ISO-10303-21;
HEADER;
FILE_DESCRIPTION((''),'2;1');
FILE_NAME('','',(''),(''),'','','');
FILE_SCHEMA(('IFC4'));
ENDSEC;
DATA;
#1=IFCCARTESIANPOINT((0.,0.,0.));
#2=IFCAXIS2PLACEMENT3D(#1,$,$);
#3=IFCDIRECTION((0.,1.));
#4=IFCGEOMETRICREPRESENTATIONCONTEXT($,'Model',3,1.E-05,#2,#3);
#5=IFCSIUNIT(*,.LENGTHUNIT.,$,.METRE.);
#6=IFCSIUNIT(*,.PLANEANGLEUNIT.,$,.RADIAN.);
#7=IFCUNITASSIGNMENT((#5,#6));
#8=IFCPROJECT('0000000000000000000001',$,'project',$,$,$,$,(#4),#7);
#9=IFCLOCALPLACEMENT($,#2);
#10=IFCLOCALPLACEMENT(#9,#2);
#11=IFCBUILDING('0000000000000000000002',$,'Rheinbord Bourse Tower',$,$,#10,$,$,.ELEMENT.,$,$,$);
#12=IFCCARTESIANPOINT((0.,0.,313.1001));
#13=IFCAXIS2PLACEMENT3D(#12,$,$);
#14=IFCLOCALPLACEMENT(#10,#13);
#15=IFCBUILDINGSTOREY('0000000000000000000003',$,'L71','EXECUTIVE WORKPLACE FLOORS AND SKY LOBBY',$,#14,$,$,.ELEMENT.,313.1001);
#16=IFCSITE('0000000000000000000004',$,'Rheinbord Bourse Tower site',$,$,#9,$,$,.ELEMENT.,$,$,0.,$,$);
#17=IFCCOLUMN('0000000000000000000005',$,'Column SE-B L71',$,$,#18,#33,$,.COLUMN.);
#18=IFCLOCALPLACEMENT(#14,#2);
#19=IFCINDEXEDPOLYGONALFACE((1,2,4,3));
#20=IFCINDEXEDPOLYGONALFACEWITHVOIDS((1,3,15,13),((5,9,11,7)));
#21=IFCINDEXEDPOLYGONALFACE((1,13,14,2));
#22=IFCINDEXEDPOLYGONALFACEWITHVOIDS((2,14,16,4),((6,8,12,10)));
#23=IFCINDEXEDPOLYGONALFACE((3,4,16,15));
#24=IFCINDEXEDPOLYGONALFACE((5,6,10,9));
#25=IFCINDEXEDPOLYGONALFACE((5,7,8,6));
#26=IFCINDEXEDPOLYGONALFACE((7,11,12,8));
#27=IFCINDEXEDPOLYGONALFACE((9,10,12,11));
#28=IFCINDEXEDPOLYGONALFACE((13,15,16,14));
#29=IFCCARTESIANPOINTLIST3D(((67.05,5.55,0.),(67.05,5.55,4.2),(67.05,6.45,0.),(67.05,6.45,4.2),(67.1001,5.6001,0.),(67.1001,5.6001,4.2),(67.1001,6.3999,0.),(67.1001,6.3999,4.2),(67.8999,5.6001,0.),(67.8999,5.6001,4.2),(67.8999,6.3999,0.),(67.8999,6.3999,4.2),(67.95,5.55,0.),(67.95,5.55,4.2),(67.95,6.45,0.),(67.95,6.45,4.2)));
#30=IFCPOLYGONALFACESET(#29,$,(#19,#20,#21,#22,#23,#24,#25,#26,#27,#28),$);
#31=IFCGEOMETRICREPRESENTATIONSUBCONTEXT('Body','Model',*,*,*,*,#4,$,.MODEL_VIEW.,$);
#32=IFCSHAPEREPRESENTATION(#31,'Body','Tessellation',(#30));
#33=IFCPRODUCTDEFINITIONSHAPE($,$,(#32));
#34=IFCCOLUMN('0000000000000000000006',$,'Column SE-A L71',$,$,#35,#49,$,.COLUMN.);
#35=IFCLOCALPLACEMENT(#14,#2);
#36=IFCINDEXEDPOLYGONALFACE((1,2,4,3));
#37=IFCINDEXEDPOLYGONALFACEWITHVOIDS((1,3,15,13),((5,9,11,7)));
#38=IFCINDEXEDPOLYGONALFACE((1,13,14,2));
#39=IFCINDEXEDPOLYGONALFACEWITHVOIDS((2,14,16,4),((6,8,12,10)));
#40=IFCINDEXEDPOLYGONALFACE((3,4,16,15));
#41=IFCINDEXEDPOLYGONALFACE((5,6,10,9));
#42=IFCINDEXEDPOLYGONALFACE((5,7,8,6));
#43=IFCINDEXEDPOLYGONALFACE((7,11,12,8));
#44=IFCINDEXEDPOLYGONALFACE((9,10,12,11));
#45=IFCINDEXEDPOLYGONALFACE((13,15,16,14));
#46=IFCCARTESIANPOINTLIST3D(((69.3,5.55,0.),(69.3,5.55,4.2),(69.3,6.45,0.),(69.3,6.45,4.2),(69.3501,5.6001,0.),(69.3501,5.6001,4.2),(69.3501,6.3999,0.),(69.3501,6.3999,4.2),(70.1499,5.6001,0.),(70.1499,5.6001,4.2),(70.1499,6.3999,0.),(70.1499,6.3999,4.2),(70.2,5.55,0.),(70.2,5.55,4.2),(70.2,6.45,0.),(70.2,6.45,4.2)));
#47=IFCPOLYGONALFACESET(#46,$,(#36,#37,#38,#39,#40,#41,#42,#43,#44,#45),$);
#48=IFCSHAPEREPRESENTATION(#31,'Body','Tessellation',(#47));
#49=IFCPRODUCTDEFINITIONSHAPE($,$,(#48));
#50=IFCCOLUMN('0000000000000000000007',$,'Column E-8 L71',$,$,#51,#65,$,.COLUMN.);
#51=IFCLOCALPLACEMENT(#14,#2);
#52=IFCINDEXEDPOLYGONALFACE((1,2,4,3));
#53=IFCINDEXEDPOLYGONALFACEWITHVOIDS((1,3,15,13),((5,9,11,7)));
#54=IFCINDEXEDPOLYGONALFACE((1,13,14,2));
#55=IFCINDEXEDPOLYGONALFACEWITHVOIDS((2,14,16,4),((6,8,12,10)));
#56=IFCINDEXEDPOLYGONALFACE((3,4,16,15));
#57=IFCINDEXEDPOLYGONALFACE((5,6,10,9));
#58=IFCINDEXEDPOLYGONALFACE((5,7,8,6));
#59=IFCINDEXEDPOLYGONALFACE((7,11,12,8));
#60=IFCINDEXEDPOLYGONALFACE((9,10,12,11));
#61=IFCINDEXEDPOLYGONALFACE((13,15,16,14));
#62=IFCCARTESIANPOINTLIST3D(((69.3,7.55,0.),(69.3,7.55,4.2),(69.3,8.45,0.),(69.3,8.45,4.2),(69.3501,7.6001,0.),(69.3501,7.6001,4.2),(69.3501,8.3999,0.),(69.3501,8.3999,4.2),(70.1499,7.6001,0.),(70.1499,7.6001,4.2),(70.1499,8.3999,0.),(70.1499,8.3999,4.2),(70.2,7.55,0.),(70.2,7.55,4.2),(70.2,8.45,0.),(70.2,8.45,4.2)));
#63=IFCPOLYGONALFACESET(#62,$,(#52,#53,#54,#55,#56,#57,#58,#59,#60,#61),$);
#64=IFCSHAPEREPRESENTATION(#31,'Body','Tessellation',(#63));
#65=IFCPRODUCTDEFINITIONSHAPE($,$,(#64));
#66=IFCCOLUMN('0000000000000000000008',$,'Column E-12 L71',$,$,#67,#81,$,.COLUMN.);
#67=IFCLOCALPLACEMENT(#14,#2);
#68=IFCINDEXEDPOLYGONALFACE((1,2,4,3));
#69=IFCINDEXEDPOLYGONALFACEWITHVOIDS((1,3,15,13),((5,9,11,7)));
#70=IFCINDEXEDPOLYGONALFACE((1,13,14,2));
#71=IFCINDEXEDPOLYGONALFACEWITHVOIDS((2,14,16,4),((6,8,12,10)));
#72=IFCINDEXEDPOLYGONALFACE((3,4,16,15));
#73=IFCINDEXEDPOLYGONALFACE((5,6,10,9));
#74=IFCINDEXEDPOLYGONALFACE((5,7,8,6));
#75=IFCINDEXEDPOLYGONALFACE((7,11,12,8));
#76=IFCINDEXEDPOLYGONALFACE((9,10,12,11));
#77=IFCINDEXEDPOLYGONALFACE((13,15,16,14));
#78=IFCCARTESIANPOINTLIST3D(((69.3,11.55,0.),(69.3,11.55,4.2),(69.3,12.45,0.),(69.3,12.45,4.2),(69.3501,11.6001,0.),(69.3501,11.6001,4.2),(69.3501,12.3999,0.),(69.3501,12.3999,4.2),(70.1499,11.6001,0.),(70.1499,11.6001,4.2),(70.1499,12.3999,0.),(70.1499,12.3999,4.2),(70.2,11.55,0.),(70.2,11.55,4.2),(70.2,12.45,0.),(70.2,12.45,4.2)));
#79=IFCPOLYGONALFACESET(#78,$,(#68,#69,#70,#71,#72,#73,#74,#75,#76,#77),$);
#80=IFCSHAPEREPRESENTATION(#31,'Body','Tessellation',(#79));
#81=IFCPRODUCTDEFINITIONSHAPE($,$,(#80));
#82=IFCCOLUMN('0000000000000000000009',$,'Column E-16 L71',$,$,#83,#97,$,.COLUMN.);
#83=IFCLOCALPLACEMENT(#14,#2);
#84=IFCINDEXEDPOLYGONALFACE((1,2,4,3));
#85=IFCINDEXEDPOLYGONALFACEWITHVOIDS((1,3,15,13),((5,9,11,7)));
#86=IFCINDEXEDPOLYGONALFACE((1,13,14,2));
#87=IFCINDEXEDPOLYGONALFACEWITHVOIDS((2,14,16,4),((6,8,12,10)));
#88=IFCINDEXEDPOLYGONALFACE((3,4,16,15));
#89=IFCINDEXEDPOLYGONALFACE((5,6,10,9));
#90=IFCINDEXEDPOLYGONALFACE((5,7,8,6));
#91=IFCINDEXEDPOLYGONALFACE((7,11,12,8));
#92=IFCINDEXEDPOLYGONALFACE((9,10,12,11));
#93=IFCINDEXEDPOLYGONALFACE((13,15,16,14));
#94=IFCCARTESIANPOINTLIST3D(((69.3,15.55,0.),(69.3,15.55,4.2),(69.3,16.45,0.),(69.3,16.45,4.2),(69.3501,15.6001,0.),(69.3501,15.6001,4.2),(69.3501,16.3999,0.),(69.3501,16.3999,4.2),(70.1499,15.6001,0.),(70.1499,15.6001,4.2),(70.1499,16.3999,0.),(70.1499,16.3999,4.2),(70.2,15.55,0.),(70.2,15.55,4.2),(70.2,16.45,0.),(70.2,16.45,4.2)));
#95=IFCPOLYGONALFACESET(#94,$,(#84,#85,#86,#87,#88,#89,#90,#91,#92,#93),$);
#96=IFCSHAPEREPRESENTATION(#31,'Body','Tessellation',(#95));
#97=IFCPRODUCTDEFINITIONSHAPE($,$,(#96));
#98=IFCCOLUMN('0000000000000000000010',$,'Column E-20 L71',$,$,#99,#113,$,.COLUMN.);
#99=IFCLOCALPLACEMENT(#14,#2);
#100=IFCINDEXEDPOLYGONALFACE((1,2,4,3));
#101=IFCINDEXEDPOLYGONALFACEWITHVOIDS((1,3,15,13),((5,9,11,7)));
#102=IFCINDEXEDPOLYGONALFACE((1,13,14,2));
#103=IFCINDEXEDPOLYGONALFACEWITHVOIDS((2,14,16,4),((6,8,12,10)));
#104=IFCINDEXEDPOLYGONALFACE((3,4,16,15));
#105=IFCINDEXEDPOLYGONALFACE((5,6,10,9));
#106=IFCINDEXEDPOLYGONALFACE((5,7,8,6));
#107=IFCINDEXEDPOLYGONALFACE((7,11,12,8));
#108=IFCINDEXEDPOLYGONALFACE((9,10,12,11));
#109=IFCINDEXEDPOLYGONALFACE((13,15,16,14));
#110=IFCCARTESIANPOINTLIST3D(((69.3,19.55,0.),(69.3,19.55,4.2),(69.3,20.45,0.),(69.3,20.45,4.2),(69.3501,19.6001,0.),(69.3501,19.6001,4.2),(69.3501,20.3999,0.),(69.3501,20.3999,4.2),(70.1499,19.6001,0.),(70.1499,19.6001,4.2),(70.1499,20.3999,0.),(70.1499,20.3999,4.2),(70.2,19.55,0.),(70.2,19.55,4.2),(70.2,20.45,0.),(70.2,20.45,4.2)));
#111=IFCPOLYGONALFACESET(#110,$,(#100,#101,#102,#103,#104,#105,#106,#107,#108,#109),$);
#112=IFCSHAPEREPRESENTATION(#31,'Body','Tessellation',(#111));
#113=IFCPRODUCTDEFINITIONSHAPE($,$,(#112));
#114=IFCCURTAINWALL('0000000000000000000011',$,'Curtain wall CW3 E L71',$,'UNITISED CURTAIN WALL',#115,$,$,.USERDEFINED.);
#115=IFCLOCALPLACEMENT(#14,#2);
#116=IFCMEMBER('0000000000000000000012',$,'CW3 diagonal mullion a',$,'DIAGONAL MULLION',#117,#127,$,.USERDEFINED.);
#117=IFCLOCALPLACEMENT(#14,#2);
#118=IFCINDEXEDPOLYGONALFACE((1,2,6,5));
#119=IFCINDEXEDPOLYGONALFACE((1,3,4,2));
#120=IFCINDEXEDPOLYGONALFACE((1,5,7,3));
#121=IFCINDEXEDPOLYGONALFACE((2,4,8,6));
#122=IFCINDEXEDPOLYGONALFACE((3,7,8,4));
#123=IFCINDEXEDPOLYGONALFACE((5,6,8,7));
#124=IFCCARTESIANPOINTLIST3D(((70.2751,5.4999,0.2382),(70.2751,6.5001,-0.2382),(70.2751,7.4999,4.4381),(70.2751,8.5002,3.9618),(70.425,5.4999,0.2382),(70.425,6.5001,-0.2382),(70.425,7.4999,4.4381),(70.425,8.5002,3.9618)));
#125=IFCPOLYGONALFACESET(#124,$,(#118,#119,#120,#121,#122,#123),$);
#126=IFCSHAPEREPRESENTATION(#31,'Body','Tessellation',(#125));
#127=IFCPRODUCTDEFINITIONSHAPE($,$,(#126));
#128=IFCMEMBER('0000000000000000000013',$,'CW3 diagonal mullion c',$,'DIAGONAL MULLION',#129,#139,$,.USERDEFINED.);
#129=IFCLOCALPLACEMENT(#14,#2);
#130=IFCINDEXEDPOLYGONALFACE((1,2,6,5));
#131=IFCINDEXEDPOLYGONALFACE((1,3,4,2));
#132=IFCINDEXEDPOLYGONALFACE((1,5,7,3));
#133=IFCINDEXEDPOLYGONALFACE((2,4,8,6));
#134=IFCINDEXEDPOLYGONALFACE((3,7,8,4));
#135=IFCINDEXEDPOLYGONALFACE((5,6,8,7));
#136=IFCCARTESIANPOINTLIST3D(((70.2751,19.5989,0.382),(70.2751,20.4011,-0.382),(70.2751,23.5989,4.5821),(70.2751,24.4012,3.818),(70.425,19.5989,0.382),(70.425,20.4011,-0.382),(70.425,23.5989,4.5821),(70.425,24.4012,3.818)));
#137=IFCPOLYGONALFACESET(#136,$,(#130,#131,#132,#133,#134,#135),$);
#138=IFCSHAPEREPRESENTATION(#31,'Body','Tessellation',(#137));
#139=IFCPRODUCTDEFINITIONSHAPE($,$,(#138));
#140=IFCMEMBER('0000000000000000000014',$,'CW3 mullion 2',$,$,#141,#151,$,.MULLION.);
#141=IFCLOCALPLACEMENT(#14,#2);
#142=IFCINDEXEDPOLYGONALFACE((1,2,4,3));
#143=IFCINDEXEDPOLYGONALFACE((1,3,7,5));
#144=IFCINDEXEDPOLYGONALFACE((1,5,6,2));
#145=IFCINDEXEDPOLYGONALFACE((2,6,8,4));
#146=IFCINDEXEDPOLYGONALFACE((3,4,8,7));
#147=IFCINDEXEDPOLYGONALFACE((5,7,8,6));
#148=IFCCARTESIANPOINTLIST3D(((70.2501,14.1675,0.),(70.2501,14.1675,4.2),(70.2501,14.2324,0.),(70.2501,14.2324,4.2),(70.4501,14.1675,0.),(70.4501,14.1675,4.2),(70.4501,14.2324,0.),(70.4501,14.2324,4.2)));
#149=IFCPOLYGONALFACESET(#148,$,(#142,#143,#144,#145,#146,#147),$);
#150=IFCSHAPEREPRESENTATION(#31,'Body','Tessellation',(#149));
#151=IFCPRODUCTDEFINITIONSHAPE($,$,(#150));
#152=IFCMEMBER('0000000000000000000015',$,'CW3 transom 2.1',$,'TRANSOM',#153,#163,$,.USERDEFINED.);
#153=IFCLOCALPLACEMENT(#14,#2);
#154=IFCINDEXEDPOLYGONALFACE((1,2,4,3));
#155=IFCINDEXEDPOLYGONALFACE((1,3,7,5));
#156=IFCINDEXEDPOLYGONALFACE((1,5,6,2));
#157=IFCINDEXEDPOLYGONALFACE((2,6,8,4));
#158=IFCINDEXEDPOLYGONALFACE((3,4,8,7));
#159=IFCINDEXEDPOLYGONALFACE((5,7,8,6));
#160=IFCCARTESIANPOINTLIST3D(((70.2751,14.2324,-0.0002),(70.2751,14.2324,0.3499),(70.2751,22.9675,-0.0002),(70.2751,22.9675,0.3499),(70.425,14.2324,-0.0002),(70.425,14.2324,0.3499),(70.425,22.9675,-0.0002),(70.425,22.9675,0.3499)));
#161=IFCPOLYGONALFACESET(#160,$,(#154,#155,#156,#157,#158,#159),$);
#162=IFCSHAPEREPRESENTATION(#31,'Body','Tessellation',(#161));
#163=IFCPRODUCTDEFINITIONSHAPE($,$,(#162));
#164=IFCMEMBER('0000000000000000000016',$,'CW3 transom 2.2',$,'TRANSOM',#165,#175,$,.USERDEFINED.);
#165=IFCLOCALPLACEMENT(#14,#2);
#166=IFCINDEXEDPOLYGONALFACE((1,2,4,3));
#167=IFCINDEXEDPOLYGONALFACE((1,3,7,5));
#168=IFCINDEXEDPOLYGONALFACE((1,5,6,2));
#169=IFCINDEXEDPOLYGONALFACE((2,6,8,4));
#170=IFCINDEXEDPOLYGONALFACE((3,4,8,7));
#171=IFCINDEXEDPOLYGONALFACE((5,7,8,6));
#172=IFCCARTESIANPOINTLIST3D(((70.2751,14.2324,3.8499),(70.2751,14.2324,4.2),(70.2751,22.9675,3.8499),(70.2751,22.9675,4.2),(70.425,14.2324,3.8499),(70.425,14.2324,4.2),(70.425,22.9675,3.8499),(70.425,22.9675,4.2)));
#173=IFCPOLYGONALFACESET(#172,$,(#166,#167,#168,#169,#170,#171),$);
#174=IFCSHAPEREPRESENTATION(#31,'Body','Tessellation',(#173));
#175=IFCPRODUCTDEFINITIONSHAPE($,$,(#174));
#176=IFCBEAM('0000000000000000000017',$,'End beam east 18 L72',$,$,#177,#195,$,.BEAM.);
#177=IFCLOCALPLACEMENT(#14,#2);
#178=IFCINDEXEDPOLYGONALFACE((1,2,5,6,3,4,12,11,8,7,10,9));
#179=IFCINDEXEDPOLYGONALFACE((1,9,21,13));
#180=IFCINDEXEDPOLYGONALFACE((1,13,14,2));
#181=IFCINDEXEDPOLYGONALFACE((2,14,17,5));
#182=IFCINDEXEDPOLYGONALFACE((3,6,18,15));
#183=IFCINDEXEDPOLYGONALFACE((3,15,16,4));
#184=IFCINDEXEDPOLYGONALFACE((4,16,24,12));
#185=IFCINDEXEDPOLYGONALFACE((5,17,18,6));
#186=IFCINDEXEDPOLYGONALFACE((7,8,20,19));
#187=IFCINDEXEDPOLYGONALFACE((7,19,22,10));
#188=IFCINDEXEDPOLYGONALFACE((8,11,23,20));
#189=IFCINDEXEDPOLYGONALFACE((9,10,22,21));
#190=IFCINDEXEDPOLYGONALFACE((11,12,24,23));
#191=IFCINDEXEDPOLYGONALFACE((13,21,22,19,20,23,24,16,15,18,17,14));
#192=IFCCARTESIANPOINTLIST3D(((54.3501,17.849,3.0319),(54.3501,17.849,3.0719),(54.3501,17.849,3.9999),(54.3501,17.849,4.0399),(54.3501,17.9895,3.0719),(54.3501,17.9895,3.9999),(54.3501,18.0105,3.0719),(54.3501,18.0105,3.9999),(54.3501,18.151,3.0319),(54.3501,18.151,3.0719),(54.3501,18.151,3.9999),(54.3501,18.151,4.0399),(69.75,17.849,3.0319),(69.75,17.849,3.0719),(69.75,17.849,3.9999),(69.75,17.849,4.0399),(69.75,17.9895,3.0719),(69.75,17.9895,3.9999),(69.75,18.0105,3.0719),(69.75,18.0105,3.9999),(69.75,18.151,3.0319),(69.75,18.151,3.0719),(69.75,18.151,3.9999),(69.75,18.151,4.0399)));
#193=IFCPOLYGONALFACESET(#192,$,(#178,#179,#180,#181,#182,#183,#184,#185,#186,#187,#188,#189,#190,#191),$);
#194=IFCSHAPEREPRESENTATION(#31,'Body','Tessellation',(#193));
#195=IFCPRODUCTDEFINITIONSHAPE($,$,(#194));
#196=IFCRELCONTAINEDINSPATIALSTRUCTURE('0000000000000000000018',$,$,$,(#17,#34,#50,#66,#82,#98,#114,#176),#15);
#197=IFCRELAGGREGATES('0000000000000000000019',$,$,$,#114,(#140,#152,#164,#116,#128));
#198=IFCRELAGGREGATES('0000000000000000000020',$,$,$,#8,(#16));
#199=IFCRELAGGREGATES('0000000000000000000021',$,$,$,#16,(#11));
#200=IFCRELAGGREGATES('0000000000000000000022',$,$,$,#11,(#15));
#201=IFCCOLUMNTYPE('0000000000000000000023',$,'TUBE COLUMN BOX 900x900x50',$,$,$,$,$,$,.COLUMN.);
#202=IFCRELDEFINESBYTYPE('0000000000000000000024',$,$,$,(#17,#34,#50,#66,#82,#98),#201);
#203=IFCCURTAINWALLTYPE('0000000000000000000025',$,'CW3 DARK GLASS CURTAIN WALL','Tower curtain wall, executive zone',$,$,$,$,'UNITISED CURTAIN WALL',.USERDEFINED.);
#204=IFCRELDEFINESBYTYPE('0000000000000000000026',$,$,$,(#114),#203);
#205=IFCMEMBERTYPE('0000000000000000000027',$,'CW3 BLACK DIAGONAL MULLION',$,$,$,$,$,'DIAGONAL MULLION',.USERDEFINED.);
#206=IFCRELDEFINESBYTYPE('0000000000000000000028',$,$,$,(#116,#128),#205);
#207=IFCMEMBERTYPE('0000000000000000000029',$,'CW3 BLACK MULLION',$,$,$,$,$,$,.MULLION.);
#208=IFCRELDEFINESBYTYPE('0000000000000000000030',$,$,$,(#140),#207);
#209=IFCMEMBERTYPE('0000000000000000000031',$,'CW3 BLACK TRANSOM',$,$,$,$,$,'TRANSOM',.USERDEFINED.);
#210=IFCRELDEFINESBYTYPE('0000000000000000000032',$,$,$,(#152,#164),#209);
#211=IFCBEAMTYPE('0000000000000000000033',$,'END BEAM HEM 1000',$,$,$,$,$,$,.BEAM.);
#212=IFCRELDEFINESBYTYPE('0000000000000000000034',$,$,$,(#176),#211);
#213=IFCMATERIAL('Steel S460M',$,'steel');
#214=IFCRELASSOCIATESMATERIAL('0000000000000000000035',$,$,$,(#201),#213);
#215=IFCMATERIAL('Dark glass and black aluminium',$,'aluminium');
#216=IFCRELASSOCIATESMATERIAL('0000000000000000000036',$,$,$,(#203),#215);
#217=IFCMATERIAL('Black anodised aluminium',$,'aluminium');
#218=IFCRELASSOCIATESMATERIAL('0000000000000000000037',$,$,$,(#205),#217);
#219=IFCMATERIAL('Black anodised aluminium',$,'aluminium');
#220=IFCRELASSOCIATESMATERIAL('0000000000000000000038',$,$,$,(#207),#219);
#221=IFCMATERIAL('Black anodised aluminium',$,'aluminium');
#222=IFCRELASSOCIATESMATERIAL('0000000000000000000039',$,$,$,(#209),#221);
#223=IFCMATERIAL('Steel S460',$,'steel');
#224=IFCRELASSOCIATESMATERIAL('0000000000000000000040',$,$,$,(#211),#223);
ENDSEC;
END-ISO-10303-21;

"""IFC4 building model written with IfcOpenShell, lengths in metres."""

from ifc_helpers import new_model, si_unit, direction, frame, origin, origin_2d, place, context, subcontext, project, spatial, rectangle, hollow_rectangle, i_section, extrude, material, material_profile, profile_set, type_object, element, aggregate, save


model = new_model("IFC4")

# Units and contexts
model_context = context("Model", 3, precision=1e-05, world=origin(), true_north=direction((0.0, 1.0)))
body_context = subcontext(model_context, "Body", "Model", "MODEL_VIEW")
ifc_project = project(units=[si_unit("LENGTHUNIT", "METRE"), si_unit("PLANEANGLEUNIT", "RADIAN")], contexts=[model_context])

# Site, building, storey
site_placement = place(None, origin())
site = spatial("IfcSite", under=ifc_project, at=site_placement, Name="Rheinbord Bourse Tower site", CompositionType="ELEMENT", RefElevation=0.0)
building_placement = place(site_placement, origin())
building = spatial("IfcBuilding", under=site, at=building_placement, Name="Rheinbord Bourse Tower", CompositionType="ELEMENT")
storey_placement = place(building_placement, frame((0.0, 0.0, 313.1001)))
storey = spatial("IfcBuildingStorey", under=building, at=storey_placement, Name="L71", Description="EXECUTIVE WORKPLACE FLOORS AND SKY LOBBY", CompositionType="ELEMENT", Elevation=313.1001)

# Columns
ifc_material_1 = material(Name="Steel S460M", Category="steel")
ifc_material_profile_1 = material_profile(ifc_material_1, hollow_rectangle(XDim=0.8999, YDim=0.8999, WallThickness=0.05, at=origin_2d()), Name="BOX 900x900x50")
ifc_profile_set_1 = profile_set([ifc_material_profile_1], Name="Steel S460M")
column_type = type_object("IfcColumnType", Name="TUBE COLUMN BOX 900x900x50", PredefinedType="COLUMN", material=ifc_profile_set_1)
for number, where, z_axis, x_axis, name in (
    (1, (67.5, 6.0, 0.0), (0.0, 0.0, 1.0), (1.0, 0.0, 0.0), "Column SE-B L71"),
    (2, (69.75, 6.0, 0.0), (0.0, 0.0, 1.0), (1.0, 0.0, 0.0), "Column SE-A L71"),
    (3, (69.75, 8.0, 0.0), (0.0, 0.0, 1.0), (1.0, 0.0, 0.0), "Column E-8 L71"),
    (4, (69.75, 12.0, 0.0), (0.0, 0.0, 1.0), (1.0, 0.0, 0.0), "Column E-12 L71"),
    (5, (69.75, 16.0, 0.0), (0.0, 0.0, 1.0), (1.0, 0.0, 0.0), "Column E-16 L71"),
    (6, (69.75, 20.0, 0.0), (0.0, 0.0, 1.0), (1.0, 0.0, 0.0), "Column E-20 L71"),
):
    element("IfcColumn", number, at=place(storey_placement, frame(where, z_axis=z_axis, x_axis=x_axis)), inside=storey, type_object=column_type, Name=name, PredefinedType="COLUMN", context=body_context, shape_type="SweptSolid", body=[
        extrude(hollow_rectangle(XDim=0.8999, YDim=0.8999, WallThickness=0.05, at=origin_2d()), origin(), (0.0, 0.0, 1.0), 4.2),
    ])

# Curtain wall, members
ifc_material_2 = material(Name="Dark glass and black aluminium", Category="aluminium")
curtain_wall_type = type_object("IfcCurtainWallType", Name="CW3 DARK GLASS CURTAIN WALL", Description="Tower curtain wall, executive zone", ElementType="UNITISED CURTAIN WALL", PredefinedType="USERDEFINED", material=ifc_material_2)
curtain_wall_placement = place(storey_placement, origin())
curtain_wall = element("IfcCurtainWall", 7, at=curtain_wall_placement, inside=storey, type_object=curtain_wall_type, Name="Curtain wall CW3 E L71", ObjectType="UNITISED CURTAIN WALL", PredefinedType="USERDEFINED")
ifc_material_3 = material(Name="Black anodised aluminium", Category="aluminium")
ifc_material_profile_2 = material_profile(ifc_material_3, rectangle(XDim=0.1499, YDim=1.1079, at=origin_2d()), Name="CW3 DIAGONAL MULLION 1108x150")
ifc_profile_set_2 = profile_set([ifc_material_profile_2], Name="Black anodised aluminium")
member_type_1 = type_object("IfcMemberType", Name="CW3 BLACK DIAGONAL MULLION", ElementType="DIAGONAL MULLION", PredefinedType="USERDEFINED", material=ifc_profile_set_2)
member_1_placement = place(storey_placement, frame((70.3501, 6.0, 0.0), z_axis=(0.0, 0.429938, 0.902859), x_axis=(-1.0, 0.0, 0.0)))
member_1 = element("IfcMember", 8, at=member_1_placement, type_object=member_type_1, Name="CW3 diagonal mullion a", ObjectType="DIAGONAL MULLION", PredefinedType="USERDEFINED", context=body_context, shape_type="SweptSolid", body=[
    extrude(rectangle(XDim=0.1499, YDim=1.1079, at=origin_2d()), origin(), (0.0, 0.0, 1.0), 4.6519),
])
member_2_placement = place(storey_placement, frame((70.3501, 20.0, 0.0), z_axis=(0.0, 0.689659, 0.724134), x_axis=(-1.0, 0.0, 0.0)))
member_2 = element("IfcMember", 9, at=member_2_placement, type_object=member_type_1, Name="CW3 diagonal mullion c", ObjectType="DIAGONAL MULLION", PredefinedType="USERDEFINED", context=body_context, shape_type="SweptSolid", body=[
    extrude(rectangle(XDim=0.1499, YDim=1.1079, at=origin_2d()), origin(), (0.0, 0.0, 1.0), 5.8),
])
ifc_material_4 = material(Name="Black anodised aluminium", Category="aluminium")
ifc_material_profile_3 = material_profile(ifc_material_4, rectangle(XDim=0.2, YDim=0.0649, at=origin_2d()), Name="CW3 MULLION 65x200")
ifc_profile_set_3 = profile_set([ifc_material_profile_3], Name="Black anodised aluminium")
member_type_2 = type_object("IfcMemberType", Name="CW3 BLACK MULLION", PredefinedType="MULLION", material=ifc_profile_set_3)
member_3_placement = place(storey_placement, frame((70.3501, 14.2, 0.0), z_axis=(0.0, 0.0, 1.0), x_axis=(-1.0, 0.0, 0.0)))
member_3 = element("IfcMember", 10, at=member_3_placement, type_object=member_type_2, Name="CW3 mullion 2", PredefinedType="MULLION", context=body_context, shape_type="SweptSolid", body=[
    extrude(rectangle(XDim=0.2, YDim=0.0649, at=origin_2d()), origin(), (0.0, 0.0, 1.0), 4.2),
])
ifc_material_5 = material(Name="Black anodised aluminium", Category="aluminium")
ifc_material_profile_4 = material_profile(ifc_material_5, rectangle(XDim=0.1499, YDim=0.3501, at=origin_2d()), Name="CW3 TRANSOM 350x150")
ifc_profile_set_4 = profile_set([ifc_material_profile_4], Name="Black anodised aluminium")
member_type_3 = type_object("IfcMemberType", Name="CW3 BLACK TRANSOM", ElementType="TRANSOM", PredefinedType="USERDEFINED", material=ifc_profile_set_4)
member_4_placement = place(storey_placement, frame((70.3501, 14.2324, 0.1748), z_axis=(0.0, 1.0, 0.0), x_axis=(-1.0, 0.0, 0.0)))
member_4 = element("IfcMember", 11, at=member_4_placement, type_object=member_type_3, Name="CW3 transom 2.1", ObjectType="TRANSOM", PredefinedType="USERDEFINED", context=body_context, shape_type="SweptSolid", body=[
    extrude(rectangle(XDim=0.1499, YDim=0.3501, at=origin_2d()), origin(), (0.0, 0.0, 1.0), 8.7351),
])
member_5_placement = place(storey_placement, frame((70.3501, 14.2324, 4.0249), z_axis=(0.0, 1.0, 0.0), x_axis=(-1.0, 0.0, 0.0)))
member_5 = element("IfcMember", 12, at=member_5_placement, type_object=member_type_3, Name="CW3 transom 2.2", ObjectType="TRANSOM", PredefinedType="USERDEFINED", context=body_context, shape_type="SweptSolid", body=[
    extrude(rectangle(XDim=0.1499, YDim=0.3501, at=origin_2d()), origin(), (0.0, 0.0, 1.0), 8.7351),
])

# Beam
ifc_material_6 = material(Name="Steel S460", Category="steel")
ifc_material_profile_5 = material_profile(ifc_material_6, i_section(OverallWidth=0.302, OverallDepth=1.0081, WebThickness=0.021, FlangeThickness=0.04, at=origin_2d()), Name="HEM 1000")
ifc_profile_set_5 = profile_set([ifc_material_profile_5], Name="Steel S460")
beam_type_1 = type_object("IfcBeamType", Name="END BEAM HEM 1000", PredefinedType="BEAM", material=ifc_profile_set_5)
for number, where, z_axis, x_axis, name in (
    (13, (54.3501, 18.0, 3.5359), (1.0, 0.0, 0.0), (0.0, 1.0, 0.0), "End beam east 18 L72"),
):
    element("IfcBeam", number, at=place(storey_placement, frame(where, z_axis=z_axis, x_axis=x_axis)), inside=storey, type_object=beam_type_1, Name=name, PredefinedType="BEAM", context=body_context, shape_type="SweptSolid", body=[
        extrude(i_section(OverallWidth=0.302, OverallDepth=1.0081, WebThickness=0.021, FlangeThickness=0.04, at=origin_2d()), origin(), (0.0, 0.0, 1.0), 15.3999),
    ])

aggregate(curtain_wall, [member_3, member_4, member_5, member_1, member_2])

save(model, "model.ifc")
